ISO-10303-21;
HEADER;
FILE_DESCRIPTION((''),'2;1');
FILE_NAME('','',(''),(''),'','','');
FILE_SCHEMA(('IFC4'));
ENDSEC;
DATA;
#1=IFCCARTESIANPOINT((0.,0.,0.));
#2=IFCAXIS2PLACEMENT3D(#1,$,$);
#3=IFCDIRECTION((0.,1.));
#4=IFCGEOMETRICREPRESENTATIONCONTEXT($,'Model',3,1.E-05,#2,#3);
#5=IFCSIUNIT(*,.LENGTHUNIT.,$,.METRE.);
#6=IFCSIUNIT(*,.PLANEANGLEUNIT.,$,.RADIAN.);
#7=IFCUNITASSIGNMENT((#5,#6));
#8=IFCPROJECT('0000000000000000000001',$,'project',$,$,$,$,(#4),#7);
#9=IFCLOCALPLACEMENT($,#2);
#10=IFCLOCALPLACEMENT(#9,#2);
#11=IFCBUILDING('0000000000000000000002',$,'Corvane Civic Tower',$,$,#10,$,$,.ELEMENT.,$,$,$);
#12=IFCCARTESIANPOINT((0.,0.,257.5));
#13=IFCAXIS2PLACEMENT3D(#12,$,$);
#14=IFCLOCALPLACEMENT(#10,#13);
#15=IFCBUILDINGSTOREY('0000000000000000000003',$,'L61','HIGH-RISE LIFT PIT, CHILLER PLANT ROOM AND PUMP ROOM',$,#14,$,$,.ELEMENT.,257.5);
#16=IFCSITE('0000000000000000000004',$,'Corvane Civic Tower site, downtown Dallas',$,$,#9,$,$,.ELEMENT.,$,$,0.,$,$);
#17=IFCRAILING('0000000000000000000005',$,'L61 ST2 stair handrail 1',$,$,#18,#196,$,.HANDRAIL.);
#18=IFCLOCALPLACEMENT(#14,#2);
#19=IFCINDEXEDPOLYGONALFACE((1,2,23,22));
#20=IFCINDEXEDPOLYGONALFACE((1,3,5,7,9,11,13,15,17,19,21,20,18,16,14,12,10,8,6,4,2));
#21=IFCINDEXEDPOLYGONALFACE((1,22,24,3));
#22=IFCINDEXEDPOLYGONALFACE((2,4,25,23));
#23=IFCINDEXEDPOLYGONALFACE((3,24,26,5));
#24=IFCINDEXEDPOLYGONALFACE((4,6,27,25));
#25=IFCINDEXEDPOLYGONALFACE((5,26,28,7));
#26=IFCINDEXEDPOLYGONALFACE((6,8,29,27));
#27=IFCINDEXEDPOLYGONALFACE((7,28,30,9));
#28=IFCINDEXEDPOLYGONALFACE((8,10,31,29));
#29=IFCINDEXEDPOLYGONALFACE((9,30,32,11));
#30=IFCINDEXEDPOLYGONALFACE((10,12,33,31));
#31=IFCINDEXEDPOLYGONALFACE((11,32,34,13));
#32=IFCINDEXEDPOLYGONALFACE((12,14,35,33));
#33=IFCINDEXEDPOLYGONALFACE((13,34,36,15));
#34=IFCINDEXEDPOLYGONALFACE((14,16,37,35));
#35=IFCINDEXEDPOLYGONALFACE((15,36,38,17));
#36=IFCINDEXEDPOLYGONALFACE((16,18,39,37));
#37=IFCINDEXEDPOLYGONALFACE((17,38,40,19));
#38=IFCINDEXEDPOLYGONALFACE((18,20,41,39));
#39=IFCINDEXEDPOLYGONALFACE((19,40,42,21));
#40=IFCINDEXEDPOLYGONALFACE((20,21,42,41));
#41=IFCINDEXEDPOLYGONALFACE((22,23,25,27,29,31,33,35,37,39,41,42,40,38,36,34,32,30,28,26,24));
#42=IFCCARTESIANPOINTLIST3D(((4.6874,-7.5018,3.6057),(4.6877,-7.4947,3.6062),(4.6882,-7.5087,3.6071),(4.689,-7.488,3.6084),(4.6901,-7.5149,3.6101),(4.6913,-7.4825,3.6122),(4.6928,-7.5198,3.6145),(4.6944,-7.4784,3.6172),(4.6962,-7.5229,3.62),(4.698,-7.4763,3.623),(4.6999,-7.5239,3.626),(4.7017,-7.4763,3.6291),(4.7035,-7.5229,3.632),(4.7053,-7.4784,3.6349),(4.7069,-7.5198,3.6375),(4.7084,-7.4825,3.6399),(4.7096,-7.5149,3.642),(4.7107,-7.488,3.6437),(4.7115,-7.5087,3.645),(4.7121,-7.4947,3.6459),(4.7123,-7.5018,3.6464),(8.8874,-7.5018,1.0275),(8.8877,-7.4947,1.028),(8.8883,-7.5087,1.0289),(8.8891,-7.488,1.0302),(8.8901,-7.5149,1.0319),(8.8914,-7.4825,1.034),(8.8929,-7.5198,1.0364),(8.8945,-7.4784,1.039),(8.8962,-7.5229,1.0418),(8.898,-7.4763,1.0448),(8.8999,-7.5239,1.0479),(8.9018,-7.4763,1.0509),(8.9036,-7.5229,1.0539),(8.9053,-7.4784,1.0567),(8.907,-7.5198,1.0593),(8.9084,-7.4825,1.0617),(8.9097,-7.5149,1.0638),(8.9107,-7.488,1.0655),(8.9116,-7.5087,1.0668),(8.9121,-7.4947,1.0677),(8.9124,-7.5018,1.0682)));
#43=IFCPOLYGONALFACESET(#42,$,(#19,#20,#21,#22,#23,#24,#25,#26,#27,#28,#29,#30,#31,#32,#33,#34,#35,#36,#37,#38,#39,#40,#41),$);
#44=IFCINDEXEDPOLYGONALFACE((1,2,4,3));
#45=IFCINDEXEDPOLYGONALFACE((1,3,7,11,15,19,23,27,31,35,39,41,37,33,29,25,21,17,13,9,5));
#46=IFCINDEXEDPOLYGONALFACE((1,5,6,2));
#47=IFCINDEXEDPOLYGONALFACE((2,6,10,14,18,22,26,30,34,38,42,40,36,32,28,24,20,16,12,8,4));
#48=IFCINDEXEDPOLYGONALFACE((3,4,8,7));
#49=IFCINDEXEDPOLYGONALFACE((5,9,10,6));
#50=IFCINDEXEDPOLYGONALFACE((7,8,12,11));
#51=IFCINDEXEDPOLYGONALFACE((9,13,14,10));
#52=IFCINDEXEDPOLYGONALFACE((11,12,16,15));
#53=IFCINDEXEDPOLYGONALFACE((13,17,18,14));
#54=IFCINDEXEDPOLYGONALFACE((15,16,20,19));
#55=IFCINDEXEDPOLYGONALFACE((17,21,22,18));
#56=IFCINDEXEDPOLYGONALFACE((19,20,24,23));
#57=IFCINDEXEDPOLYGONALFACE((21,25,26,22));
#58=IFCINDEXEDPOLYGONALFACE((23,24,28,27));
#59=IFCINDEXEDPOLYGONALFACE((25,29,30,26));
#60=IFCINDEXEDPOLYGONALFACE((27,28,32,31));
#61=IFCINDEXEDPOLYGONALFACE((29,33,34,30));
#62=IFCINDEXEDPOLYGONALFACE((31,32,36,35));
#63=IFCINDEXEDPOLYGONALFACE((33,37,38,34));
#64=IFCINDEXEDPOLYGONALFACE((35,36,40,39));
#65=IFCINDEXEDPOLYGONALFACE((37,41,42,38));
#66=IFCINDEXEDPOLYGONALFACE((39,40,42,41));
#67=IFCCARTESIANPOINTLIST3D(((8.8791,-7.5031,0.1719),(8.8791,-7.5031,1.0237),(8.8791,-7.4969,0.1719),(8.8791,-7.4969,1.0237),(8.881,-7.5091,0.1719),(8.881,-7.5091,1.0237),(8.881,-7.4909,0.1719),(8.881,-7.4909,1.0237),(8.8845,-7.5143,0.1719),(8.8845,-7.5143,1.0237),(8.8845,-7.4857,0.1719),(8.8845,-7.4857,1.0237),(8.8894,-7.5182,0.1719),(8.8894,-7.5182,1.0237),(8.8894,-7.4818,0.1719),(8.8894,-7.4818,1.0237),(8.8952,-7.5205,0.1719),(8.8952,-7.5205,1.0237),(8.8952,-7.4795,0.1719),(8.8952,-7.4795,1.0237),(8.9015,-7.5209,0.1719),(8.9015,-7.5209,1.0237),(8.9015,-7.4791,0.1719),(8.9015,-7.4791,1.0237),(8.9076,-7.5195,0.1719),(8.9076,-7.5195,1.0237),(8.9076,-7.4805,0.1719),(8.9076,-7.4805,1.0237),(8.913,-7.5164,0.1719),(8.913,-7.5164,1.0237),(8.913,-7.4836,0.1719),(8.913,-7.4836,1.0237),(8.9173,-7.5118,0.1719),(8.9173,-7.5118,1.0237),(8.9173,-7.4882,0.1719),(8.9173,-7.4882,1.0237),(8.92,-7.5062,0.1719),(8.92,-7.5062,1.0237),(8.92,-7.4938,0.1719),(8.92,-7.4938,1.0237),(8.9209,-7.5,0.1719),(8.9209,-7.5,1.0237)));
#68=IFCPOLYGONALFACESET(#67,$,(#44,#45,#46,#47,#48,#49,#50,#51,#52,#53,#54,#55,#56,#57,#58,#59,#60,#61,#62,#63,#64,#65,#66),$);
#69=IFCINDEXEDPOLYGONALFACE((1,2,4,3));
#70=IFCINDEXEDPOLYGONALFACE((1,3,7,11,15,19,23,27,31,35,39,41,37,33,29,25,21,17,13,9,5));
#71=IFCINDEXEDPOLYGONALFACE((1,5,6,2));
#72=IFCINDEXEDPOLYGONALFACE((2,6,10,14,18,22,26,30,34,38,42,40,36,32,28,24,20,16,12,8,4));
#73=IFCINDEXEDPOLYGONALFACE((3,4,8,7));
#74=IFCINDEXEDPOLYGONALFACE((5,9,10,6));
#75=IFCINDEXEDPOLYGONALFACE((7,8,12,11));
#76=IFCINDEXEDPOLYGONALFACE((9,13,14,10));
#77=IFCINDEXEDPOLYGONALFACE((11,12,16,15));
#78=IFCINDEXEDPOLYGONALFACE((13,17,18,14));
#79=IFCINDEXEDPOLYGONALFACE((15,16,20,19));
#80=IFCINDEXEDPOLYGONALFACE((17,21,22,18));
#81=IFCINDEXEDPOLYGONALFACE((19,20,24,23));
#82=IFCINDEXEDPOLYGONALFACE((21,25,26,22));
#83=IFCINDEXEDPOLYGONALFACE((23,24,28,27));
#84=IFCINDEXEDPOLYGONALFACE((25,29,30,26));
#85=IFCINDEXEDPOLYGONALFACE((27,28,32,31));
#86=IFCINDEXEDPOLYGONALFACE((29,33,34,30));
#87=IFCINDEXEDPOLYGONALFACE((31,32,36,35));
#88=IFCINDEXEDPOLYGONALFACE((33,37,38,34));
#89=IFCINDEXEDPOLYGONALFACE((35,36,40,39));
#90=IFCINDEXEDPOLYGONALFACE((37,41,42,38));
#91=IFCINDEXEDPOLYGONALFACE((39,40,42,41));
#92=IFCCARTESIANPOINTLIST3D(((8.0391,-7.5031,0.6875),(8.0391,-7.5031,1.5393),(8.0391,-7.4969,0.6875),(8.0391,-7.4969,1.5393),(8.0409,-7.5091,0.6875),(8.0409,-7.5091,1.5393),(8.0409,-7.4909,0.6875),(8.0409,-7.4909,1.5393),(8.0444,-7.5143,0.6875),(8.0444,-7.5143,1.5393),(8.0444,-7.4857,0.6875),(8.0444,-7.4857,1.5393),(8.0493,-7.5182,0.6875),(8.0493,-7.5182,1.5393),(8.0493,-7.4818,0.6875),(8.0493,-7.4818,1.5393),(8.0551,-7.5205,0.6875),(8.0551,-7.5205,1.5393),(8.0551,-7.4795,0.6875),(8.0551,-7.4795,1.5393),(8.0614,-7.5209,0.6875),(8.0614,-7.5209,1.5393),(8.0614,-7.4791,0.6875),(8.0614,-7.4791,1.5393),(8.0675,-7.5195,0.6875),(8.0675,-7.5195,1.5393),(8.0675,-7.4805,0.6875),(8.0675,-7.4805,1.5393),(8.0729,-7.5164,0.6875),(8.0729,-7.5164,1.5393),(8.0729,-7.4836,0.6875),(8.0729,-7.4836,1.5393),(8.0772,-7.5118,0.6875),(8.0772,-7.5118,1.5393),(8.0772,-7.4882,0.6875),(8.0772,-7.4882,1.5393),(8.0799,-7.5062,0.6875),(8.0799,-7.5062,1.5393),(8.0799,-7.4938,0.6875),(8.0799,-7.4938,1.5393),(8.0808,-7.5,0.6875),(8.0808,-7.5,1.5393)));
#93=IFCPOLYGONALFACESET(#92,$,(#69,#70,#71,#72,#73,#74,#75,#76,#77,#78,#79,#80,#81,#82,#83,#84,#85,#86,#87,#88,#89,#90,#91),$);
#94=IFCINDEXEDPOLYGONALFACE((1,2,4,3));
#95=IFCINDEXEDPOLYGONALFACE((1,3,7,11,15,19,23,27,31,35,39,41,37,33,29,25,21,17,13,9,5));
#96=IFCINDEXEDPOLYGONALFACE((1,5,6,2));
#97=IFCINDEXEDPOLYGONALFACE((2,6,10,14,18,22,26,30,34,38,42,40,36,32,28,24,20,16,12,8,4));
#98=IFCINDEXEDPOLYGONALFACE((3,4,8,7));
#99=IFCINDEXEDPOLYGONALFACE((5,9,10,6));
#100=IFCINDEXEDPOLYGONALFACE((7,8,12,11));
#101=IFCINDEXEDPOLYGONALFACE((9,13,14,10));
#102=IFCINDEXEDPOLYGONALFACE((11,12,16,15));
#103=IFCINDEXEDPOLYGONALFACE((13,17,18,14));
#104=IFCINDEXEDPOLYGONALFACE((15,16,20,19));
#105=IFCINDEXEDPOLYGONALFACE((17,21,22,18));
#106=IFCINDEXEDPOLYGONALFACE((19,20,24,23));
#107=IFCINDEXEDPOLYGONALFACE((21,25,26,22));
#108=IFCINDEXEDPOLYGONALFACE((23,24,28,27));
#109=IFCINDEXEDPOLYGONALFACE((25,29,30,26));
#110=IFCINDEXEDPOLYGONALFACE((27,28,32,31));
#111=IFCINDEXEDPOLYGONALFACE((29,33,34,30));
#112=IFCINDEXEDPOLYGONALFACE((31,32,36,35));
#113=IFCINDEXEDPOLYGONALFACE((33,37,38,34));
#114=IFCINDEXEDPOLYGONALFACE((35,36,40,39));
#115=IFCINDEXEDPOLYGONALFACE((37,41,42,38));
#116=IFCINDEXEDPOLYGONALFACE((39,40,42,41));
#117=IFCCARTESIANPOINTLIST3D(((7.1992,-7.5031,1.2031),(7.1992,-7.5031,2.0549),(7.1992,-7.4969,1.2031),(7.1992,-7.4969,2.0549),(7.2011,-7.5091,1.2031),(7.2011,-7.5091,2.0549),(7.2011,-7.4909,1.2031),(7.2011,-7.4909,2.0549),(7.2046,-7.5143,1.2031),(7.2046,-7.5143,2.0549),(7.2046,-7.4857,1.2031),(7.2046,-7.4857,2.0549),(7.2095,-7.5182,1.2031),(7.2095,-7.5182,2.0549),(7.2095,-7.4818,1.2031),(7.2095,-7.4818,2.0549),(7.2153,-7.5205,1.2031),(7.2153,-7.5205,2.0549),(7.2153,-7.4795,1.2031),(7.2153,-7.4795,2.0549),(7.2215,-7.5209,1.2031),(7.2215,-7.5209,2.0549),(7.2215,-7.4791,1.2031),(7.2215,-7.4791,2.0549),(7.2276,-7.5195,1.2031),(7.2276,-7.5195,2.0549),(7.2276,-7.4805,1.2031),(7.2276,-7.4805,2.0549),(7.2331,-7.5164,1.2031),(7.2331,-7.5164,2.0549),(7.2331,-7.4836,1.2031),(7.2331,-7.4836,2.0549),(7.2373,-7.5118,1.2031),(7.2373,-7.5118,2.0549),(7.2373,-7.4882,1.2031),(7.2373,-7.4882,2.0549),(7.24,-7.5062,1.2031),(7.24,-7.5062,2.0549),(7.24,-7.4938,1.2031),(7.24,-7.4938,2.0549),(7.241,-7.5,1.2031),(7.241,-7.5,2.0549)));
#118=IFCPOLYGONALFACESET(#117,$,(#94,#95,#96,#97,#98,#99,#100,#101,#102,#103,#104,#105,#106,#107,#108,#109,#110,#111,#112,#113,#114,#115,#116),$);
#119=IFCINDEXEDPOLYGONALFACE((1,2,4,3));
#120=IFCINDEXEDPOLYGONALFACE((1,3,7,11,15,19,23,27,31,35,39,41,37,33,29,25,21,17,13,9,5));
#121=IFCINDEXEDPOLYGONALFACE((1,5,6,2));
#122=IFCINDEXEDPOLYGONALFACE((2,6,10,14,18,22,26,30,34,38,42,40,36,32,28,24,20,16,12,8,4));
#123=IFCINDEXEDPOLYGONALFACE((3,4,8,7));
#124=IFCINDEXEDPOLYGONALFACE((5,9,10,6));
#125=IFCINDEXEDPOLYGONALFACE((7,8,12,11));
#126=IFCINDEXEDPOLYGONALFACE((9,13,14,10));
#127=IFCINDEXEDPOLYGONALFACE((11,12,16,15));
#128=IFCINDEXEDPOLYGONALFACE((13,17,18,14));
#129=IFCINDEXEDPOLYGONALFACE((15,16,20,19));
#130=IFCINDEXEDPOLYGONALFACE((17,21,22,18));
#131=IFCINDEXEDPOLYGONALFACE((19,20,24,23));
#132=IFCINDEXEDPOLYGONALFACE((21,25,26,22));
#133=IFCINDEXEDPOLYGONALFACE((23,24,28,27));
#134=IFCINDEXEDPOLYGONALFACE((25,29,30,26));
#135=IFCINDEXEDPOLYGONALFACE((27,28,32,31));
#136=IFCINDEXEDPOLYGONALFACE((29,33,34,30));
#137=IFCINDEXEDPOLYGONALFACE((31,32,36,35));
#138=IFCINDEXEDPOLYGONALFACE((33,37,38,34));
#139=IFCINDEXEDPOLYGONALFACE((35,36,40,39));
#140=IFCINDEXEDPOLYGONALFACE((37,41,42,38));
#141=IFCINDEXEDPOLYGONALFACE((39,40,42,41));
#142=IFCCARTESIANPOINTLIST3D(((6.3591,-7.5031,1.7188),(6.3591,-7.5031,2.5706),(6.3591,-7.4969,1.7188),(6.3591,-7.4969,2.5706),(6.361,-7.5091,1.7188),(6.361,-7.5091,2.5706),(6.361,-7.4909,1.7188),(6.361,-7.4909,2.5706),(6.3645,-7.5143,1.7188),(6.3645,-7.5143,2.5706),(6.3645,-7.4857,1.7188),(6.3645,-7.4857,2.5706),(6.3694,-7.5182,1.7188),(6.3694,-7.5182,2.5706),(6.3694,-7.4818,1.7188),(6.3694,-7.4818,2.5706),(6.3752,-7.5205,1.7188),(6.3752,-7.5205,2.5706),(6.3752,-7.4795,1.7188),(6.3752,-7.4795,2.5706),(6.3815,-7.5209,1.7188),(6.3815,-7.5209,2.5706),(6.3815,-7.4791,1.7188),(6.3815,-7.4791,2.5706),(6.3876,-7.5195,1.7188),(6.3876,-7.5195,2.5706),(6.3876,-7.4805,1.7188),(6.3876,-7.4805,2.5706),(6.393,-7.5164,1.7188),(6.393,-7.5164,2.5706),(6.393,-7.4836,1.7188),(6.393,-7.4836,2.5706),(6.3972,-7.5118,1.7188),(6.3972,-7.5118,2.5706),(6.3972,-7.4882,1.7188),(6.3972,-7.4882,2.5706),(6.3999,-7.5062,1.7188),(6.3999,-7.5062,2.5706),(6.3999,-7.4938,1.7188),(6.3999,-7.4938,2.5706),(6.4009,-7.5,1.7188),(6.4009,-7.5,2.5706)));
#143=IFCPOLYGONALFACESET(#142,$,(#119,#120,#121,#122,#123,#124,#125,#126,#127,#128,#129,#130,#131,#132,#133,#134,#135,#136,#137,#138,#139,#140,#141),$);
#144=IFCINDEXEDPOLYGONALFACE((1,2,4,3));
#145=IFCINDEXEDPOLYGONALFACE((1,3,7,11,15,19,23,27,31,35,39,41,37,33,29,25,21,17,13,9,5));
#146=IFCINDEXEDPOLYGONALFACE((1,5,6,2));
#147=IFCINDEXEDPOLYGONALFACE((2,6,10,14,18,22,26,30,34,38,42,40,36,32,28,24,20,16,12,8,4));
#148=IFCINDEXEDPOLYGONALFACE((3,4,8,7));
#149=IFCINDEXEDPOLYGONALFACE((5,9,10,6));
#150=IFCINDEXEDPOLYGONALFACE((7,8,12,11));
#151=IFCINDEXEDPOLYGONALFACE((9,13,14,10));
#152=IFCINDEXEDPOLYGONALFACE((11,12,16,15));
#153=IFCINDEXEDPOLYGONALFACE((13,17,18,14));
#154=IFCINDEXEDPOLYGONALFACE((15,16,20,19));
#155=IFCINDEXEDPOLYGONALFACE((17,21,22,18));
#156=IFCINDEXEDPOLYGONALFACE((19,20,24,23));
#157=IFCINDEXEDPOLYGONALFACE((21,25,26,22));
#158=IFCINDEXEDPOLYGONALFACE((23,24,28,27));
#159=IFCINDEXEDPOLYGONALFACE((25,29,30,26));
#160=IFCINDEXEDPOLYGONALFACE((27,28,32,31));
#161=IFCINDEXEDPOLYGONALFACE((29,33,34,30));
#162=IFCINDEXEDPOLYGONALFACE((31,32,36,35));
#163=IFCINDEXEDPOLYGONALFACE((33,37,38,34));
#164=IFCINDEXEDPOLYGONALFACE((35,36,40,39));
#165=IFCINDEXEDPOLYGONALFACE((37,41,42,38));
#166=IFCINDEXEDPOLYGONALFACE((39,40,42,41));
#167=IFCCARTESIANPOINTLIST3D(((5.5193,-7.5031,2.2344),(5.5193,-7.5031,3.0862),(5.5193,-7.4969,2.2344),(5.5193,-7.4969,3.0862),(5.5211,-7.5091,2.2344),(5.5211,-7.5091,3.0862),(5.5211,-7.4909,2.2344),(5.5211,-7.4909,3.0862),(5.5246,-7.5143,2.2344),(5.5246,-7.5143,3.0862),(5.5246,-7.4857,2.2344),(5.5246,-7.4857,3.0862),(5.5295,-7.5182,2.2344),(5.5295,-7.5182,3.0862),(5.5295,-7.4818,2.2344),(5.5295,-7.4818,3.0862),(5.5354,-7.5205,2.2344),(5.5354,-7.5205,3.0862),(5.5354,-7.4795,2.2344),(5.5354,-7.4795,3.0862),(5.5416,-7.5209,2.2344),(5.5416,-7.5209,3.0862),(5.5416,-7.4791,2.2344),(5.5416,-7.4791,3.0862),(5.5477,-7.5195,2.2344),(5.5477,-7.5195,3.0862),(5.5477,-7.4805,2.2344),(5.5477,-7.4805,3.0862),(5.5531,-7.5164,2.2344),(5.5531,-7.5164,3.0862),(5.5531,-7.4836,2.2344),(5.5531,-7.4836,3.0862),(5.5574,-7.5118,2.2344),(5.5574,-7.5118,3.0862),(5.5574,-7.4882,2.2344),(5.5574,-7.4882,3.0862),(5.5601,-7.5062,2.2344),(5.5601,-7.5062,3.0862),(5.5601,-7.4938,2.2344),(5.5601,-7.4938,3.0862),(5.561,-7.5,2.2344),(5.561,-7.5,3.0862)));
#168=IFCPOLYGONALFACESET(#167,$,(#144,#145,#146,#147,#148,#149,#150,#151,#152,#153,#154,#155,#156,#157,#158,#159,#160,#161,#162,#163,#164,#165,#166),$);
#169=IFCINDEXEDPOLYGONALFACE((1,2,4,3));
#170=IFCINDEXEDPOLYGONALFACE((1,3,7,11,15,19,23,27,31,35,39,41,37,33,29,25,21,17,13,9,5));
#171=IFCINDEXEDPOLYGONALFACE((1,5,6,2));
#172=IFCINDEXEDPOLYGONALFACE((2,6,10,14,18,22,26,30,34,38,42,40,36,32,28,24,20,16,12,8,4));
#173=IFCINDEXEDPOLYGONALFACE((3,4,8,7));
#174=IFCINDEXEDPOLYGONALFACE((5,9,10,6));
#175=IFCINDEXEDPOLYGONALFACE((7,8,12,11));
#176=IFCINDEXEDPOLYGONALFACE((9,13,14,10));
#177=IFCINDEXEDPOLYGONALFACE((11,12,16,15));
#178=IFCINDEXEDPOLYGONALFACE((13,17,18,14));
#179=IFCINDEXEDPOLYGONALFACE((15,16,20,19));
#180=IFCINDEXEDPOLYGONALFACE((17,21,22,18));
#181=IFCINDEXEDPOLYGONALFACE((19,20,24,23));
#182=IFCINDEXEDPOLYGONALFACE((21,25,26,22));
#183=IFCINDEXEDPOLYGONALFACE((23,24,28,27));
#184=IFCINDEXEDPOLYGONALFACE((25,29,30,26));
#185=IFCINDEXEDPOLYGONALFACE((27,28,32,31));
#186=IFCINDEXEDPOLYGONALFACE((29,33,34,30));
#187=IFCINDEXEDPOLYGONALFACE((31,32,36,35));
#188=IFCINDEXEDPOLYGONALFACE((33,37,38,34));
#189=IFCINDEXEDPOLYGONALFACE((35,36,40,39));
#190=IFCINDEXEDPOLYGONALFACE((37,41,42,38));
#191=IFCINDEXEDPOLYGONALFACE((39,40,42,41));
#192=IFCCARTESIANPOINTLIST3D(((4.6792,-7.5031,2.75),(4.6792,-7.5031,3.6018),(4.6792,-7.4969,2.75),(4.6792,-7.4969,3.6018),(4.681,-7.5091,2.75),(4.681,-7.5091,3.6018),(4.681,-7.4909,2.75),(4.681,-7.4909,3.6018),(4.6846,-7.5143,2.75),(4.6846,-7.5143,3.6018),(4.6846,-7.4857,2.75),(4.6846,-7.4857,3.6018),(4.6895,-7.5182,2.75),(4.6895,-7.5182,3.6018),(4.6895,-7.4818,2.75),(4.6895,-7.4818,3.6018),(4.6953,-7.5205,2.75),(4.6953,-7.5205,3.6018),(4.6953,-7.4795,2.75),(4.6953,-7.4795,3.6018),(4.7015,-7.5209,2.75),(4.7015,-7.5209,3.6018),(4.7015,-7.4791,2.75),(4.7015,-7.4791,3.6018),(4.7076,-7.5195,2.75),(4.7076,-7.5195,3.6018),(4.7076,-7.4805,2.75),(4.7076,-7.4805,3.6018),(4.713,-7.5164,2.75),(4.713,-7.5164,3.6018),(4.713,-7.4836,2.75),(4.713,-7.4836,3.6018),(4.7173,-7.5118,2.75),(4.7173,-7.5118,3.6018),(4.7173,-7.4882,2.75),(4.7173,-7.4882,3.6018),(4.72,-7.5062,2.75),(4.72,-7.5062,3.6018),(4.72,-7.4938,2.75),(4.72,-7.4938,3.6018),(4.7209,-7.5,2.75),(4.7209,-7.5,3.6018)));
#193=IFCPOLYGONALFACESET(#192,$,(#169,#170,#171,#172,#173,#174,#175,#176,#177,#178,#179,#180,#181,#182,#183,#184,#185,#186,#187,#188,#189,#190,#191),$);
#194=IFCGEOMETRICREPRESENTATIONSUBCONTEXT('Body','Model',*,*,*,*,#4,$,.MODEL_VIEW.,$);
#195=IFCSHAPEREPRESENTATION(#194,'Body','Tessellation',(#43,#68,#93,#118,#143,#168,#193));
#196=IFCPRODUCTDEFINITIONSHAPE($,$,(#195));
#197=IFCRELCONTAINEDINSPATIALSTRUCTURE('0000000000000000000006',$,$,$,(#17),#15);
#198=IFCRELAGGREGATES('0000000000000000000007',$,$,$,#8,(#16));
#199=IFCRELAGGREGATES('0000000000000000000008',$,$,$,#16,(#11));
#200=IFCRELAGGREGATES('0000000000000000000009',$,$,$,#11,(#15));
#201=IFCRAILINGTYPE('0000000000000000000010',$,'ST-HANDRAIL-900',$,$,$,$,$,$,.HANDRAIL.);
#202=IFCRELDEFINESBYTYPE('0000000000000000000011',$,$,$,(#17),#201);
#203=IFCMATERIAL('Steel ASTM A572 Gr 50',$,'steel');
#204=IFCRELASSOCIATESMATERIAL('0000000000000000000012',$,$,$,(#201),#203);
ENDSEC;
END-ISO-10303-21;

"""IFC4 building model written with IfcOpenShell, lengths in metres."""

from ifc_helpers import new_model, si_unit, direction, frame, origin, origin_2d, place, context, subcontext, project, spatial, circle, extrude, material, type_object, element, save


model = new_model("IFC4")

# Units and contexts
model_context = context("Model", 3, precision=1e-05, world=origin(), true_north=direction((0.0, 1.0)))
body_context = subcontext(model_context, "Body", "Model", "MODEL_VIEW")
ifc_project = project(units=[si_unit("LENGTHUNIT", "METRE"), si_unit("PLANEANGLEUNIT", "RADIAN")], contexts=[model_context])

# Site, building, storey
site_placement = place(None, origin())
site = spatial("IfcSite", under=ifc_project, at=site_placement, Name="Corvane Civic Tower site, downtown Dallas", CompositionType="ELEMENT", RefElevation=0.0)
building_placement = place(site_placement, origin())
building = spatial("IfcBuilding", under=site, at=building_placement, Name="Corvane Civic Tower", CompositionType="ELEMENT")
storey_placement = place(building_placement, frame((0.0, 0.0, 257.5)))
storey = spatial("IfcBuildingStorey", under=building, at=storey_placement, Name="L61", Description="HIGH-RISE LIFT PIT, CHILLER PLANT ROOM AND PUMP ROOM", CompositionType="ELEMENT", Elevation=257.5)

# Railing
ifc_material_1 = material(Name="Steel ASTM A572 Gr 50", Category="steel")
railing_type_1 = type_object("IfcRailingType", Name="ST-HANDRAIL-900", PredefinedType="HANDRAIL", material=ifc_material_1)
railing_1_placement = place(storey_placement, frame((8.8999, -7.5, 0.1719)))
element("IfcRailing", 1, at=railing_1_placement, inside=storey, type_object=railing_type_1, Name="L61 ST2 stair handrail 1", PredefinedType="HANDRAIL", context=body_context, shape_type="SweptSolid", body=[
    extrude(circle(Radius=0.0239, at=origin_2d()), frame((0.0, 0.0, 0.876), z_axis=(-0.852243, 0.0, 0.523146), x_axis=(0.0, -1.0, 0.0)), (0.0, 0.0, 1.0), 4.9282),
    extrude(circle(Radius=0.021, at=origin_2d()), origin(), (0.0, 0.0, 1.0), 0.8518),
    extrude(circle(Radius=0.021, at=origin_2d()), frame((-0.8401, 0.0, 0.5156)), (0.0, 0.0, 1.0), 0.8518),
    extrude(circle(Radius=0.021, at=origin_2d()), frame((-1.6799, 0.0, 1.0312)), (0.0, 0.0, 1.0), 0.8518),
    extrude(circle(Radius=0.021, at=origin_2d()), frame((-2.52, 0.0, 1.5469)), (0.0, 0.0, 1.0), 0.8518),
    extrude(circle(Radius=0.021, at=origin_2d()), frame((-3.3599, 0.0, 2.0625)), (0.0, 0.0, 1.0), 0.8518),
    extrude(circle(Radius=0.021, at=origin_2d()), frame((-4.2, 0.0, 2.5781)), (0.0, 0.0, 1.0), 0.8518),
])

save(model, "model.ifc")
